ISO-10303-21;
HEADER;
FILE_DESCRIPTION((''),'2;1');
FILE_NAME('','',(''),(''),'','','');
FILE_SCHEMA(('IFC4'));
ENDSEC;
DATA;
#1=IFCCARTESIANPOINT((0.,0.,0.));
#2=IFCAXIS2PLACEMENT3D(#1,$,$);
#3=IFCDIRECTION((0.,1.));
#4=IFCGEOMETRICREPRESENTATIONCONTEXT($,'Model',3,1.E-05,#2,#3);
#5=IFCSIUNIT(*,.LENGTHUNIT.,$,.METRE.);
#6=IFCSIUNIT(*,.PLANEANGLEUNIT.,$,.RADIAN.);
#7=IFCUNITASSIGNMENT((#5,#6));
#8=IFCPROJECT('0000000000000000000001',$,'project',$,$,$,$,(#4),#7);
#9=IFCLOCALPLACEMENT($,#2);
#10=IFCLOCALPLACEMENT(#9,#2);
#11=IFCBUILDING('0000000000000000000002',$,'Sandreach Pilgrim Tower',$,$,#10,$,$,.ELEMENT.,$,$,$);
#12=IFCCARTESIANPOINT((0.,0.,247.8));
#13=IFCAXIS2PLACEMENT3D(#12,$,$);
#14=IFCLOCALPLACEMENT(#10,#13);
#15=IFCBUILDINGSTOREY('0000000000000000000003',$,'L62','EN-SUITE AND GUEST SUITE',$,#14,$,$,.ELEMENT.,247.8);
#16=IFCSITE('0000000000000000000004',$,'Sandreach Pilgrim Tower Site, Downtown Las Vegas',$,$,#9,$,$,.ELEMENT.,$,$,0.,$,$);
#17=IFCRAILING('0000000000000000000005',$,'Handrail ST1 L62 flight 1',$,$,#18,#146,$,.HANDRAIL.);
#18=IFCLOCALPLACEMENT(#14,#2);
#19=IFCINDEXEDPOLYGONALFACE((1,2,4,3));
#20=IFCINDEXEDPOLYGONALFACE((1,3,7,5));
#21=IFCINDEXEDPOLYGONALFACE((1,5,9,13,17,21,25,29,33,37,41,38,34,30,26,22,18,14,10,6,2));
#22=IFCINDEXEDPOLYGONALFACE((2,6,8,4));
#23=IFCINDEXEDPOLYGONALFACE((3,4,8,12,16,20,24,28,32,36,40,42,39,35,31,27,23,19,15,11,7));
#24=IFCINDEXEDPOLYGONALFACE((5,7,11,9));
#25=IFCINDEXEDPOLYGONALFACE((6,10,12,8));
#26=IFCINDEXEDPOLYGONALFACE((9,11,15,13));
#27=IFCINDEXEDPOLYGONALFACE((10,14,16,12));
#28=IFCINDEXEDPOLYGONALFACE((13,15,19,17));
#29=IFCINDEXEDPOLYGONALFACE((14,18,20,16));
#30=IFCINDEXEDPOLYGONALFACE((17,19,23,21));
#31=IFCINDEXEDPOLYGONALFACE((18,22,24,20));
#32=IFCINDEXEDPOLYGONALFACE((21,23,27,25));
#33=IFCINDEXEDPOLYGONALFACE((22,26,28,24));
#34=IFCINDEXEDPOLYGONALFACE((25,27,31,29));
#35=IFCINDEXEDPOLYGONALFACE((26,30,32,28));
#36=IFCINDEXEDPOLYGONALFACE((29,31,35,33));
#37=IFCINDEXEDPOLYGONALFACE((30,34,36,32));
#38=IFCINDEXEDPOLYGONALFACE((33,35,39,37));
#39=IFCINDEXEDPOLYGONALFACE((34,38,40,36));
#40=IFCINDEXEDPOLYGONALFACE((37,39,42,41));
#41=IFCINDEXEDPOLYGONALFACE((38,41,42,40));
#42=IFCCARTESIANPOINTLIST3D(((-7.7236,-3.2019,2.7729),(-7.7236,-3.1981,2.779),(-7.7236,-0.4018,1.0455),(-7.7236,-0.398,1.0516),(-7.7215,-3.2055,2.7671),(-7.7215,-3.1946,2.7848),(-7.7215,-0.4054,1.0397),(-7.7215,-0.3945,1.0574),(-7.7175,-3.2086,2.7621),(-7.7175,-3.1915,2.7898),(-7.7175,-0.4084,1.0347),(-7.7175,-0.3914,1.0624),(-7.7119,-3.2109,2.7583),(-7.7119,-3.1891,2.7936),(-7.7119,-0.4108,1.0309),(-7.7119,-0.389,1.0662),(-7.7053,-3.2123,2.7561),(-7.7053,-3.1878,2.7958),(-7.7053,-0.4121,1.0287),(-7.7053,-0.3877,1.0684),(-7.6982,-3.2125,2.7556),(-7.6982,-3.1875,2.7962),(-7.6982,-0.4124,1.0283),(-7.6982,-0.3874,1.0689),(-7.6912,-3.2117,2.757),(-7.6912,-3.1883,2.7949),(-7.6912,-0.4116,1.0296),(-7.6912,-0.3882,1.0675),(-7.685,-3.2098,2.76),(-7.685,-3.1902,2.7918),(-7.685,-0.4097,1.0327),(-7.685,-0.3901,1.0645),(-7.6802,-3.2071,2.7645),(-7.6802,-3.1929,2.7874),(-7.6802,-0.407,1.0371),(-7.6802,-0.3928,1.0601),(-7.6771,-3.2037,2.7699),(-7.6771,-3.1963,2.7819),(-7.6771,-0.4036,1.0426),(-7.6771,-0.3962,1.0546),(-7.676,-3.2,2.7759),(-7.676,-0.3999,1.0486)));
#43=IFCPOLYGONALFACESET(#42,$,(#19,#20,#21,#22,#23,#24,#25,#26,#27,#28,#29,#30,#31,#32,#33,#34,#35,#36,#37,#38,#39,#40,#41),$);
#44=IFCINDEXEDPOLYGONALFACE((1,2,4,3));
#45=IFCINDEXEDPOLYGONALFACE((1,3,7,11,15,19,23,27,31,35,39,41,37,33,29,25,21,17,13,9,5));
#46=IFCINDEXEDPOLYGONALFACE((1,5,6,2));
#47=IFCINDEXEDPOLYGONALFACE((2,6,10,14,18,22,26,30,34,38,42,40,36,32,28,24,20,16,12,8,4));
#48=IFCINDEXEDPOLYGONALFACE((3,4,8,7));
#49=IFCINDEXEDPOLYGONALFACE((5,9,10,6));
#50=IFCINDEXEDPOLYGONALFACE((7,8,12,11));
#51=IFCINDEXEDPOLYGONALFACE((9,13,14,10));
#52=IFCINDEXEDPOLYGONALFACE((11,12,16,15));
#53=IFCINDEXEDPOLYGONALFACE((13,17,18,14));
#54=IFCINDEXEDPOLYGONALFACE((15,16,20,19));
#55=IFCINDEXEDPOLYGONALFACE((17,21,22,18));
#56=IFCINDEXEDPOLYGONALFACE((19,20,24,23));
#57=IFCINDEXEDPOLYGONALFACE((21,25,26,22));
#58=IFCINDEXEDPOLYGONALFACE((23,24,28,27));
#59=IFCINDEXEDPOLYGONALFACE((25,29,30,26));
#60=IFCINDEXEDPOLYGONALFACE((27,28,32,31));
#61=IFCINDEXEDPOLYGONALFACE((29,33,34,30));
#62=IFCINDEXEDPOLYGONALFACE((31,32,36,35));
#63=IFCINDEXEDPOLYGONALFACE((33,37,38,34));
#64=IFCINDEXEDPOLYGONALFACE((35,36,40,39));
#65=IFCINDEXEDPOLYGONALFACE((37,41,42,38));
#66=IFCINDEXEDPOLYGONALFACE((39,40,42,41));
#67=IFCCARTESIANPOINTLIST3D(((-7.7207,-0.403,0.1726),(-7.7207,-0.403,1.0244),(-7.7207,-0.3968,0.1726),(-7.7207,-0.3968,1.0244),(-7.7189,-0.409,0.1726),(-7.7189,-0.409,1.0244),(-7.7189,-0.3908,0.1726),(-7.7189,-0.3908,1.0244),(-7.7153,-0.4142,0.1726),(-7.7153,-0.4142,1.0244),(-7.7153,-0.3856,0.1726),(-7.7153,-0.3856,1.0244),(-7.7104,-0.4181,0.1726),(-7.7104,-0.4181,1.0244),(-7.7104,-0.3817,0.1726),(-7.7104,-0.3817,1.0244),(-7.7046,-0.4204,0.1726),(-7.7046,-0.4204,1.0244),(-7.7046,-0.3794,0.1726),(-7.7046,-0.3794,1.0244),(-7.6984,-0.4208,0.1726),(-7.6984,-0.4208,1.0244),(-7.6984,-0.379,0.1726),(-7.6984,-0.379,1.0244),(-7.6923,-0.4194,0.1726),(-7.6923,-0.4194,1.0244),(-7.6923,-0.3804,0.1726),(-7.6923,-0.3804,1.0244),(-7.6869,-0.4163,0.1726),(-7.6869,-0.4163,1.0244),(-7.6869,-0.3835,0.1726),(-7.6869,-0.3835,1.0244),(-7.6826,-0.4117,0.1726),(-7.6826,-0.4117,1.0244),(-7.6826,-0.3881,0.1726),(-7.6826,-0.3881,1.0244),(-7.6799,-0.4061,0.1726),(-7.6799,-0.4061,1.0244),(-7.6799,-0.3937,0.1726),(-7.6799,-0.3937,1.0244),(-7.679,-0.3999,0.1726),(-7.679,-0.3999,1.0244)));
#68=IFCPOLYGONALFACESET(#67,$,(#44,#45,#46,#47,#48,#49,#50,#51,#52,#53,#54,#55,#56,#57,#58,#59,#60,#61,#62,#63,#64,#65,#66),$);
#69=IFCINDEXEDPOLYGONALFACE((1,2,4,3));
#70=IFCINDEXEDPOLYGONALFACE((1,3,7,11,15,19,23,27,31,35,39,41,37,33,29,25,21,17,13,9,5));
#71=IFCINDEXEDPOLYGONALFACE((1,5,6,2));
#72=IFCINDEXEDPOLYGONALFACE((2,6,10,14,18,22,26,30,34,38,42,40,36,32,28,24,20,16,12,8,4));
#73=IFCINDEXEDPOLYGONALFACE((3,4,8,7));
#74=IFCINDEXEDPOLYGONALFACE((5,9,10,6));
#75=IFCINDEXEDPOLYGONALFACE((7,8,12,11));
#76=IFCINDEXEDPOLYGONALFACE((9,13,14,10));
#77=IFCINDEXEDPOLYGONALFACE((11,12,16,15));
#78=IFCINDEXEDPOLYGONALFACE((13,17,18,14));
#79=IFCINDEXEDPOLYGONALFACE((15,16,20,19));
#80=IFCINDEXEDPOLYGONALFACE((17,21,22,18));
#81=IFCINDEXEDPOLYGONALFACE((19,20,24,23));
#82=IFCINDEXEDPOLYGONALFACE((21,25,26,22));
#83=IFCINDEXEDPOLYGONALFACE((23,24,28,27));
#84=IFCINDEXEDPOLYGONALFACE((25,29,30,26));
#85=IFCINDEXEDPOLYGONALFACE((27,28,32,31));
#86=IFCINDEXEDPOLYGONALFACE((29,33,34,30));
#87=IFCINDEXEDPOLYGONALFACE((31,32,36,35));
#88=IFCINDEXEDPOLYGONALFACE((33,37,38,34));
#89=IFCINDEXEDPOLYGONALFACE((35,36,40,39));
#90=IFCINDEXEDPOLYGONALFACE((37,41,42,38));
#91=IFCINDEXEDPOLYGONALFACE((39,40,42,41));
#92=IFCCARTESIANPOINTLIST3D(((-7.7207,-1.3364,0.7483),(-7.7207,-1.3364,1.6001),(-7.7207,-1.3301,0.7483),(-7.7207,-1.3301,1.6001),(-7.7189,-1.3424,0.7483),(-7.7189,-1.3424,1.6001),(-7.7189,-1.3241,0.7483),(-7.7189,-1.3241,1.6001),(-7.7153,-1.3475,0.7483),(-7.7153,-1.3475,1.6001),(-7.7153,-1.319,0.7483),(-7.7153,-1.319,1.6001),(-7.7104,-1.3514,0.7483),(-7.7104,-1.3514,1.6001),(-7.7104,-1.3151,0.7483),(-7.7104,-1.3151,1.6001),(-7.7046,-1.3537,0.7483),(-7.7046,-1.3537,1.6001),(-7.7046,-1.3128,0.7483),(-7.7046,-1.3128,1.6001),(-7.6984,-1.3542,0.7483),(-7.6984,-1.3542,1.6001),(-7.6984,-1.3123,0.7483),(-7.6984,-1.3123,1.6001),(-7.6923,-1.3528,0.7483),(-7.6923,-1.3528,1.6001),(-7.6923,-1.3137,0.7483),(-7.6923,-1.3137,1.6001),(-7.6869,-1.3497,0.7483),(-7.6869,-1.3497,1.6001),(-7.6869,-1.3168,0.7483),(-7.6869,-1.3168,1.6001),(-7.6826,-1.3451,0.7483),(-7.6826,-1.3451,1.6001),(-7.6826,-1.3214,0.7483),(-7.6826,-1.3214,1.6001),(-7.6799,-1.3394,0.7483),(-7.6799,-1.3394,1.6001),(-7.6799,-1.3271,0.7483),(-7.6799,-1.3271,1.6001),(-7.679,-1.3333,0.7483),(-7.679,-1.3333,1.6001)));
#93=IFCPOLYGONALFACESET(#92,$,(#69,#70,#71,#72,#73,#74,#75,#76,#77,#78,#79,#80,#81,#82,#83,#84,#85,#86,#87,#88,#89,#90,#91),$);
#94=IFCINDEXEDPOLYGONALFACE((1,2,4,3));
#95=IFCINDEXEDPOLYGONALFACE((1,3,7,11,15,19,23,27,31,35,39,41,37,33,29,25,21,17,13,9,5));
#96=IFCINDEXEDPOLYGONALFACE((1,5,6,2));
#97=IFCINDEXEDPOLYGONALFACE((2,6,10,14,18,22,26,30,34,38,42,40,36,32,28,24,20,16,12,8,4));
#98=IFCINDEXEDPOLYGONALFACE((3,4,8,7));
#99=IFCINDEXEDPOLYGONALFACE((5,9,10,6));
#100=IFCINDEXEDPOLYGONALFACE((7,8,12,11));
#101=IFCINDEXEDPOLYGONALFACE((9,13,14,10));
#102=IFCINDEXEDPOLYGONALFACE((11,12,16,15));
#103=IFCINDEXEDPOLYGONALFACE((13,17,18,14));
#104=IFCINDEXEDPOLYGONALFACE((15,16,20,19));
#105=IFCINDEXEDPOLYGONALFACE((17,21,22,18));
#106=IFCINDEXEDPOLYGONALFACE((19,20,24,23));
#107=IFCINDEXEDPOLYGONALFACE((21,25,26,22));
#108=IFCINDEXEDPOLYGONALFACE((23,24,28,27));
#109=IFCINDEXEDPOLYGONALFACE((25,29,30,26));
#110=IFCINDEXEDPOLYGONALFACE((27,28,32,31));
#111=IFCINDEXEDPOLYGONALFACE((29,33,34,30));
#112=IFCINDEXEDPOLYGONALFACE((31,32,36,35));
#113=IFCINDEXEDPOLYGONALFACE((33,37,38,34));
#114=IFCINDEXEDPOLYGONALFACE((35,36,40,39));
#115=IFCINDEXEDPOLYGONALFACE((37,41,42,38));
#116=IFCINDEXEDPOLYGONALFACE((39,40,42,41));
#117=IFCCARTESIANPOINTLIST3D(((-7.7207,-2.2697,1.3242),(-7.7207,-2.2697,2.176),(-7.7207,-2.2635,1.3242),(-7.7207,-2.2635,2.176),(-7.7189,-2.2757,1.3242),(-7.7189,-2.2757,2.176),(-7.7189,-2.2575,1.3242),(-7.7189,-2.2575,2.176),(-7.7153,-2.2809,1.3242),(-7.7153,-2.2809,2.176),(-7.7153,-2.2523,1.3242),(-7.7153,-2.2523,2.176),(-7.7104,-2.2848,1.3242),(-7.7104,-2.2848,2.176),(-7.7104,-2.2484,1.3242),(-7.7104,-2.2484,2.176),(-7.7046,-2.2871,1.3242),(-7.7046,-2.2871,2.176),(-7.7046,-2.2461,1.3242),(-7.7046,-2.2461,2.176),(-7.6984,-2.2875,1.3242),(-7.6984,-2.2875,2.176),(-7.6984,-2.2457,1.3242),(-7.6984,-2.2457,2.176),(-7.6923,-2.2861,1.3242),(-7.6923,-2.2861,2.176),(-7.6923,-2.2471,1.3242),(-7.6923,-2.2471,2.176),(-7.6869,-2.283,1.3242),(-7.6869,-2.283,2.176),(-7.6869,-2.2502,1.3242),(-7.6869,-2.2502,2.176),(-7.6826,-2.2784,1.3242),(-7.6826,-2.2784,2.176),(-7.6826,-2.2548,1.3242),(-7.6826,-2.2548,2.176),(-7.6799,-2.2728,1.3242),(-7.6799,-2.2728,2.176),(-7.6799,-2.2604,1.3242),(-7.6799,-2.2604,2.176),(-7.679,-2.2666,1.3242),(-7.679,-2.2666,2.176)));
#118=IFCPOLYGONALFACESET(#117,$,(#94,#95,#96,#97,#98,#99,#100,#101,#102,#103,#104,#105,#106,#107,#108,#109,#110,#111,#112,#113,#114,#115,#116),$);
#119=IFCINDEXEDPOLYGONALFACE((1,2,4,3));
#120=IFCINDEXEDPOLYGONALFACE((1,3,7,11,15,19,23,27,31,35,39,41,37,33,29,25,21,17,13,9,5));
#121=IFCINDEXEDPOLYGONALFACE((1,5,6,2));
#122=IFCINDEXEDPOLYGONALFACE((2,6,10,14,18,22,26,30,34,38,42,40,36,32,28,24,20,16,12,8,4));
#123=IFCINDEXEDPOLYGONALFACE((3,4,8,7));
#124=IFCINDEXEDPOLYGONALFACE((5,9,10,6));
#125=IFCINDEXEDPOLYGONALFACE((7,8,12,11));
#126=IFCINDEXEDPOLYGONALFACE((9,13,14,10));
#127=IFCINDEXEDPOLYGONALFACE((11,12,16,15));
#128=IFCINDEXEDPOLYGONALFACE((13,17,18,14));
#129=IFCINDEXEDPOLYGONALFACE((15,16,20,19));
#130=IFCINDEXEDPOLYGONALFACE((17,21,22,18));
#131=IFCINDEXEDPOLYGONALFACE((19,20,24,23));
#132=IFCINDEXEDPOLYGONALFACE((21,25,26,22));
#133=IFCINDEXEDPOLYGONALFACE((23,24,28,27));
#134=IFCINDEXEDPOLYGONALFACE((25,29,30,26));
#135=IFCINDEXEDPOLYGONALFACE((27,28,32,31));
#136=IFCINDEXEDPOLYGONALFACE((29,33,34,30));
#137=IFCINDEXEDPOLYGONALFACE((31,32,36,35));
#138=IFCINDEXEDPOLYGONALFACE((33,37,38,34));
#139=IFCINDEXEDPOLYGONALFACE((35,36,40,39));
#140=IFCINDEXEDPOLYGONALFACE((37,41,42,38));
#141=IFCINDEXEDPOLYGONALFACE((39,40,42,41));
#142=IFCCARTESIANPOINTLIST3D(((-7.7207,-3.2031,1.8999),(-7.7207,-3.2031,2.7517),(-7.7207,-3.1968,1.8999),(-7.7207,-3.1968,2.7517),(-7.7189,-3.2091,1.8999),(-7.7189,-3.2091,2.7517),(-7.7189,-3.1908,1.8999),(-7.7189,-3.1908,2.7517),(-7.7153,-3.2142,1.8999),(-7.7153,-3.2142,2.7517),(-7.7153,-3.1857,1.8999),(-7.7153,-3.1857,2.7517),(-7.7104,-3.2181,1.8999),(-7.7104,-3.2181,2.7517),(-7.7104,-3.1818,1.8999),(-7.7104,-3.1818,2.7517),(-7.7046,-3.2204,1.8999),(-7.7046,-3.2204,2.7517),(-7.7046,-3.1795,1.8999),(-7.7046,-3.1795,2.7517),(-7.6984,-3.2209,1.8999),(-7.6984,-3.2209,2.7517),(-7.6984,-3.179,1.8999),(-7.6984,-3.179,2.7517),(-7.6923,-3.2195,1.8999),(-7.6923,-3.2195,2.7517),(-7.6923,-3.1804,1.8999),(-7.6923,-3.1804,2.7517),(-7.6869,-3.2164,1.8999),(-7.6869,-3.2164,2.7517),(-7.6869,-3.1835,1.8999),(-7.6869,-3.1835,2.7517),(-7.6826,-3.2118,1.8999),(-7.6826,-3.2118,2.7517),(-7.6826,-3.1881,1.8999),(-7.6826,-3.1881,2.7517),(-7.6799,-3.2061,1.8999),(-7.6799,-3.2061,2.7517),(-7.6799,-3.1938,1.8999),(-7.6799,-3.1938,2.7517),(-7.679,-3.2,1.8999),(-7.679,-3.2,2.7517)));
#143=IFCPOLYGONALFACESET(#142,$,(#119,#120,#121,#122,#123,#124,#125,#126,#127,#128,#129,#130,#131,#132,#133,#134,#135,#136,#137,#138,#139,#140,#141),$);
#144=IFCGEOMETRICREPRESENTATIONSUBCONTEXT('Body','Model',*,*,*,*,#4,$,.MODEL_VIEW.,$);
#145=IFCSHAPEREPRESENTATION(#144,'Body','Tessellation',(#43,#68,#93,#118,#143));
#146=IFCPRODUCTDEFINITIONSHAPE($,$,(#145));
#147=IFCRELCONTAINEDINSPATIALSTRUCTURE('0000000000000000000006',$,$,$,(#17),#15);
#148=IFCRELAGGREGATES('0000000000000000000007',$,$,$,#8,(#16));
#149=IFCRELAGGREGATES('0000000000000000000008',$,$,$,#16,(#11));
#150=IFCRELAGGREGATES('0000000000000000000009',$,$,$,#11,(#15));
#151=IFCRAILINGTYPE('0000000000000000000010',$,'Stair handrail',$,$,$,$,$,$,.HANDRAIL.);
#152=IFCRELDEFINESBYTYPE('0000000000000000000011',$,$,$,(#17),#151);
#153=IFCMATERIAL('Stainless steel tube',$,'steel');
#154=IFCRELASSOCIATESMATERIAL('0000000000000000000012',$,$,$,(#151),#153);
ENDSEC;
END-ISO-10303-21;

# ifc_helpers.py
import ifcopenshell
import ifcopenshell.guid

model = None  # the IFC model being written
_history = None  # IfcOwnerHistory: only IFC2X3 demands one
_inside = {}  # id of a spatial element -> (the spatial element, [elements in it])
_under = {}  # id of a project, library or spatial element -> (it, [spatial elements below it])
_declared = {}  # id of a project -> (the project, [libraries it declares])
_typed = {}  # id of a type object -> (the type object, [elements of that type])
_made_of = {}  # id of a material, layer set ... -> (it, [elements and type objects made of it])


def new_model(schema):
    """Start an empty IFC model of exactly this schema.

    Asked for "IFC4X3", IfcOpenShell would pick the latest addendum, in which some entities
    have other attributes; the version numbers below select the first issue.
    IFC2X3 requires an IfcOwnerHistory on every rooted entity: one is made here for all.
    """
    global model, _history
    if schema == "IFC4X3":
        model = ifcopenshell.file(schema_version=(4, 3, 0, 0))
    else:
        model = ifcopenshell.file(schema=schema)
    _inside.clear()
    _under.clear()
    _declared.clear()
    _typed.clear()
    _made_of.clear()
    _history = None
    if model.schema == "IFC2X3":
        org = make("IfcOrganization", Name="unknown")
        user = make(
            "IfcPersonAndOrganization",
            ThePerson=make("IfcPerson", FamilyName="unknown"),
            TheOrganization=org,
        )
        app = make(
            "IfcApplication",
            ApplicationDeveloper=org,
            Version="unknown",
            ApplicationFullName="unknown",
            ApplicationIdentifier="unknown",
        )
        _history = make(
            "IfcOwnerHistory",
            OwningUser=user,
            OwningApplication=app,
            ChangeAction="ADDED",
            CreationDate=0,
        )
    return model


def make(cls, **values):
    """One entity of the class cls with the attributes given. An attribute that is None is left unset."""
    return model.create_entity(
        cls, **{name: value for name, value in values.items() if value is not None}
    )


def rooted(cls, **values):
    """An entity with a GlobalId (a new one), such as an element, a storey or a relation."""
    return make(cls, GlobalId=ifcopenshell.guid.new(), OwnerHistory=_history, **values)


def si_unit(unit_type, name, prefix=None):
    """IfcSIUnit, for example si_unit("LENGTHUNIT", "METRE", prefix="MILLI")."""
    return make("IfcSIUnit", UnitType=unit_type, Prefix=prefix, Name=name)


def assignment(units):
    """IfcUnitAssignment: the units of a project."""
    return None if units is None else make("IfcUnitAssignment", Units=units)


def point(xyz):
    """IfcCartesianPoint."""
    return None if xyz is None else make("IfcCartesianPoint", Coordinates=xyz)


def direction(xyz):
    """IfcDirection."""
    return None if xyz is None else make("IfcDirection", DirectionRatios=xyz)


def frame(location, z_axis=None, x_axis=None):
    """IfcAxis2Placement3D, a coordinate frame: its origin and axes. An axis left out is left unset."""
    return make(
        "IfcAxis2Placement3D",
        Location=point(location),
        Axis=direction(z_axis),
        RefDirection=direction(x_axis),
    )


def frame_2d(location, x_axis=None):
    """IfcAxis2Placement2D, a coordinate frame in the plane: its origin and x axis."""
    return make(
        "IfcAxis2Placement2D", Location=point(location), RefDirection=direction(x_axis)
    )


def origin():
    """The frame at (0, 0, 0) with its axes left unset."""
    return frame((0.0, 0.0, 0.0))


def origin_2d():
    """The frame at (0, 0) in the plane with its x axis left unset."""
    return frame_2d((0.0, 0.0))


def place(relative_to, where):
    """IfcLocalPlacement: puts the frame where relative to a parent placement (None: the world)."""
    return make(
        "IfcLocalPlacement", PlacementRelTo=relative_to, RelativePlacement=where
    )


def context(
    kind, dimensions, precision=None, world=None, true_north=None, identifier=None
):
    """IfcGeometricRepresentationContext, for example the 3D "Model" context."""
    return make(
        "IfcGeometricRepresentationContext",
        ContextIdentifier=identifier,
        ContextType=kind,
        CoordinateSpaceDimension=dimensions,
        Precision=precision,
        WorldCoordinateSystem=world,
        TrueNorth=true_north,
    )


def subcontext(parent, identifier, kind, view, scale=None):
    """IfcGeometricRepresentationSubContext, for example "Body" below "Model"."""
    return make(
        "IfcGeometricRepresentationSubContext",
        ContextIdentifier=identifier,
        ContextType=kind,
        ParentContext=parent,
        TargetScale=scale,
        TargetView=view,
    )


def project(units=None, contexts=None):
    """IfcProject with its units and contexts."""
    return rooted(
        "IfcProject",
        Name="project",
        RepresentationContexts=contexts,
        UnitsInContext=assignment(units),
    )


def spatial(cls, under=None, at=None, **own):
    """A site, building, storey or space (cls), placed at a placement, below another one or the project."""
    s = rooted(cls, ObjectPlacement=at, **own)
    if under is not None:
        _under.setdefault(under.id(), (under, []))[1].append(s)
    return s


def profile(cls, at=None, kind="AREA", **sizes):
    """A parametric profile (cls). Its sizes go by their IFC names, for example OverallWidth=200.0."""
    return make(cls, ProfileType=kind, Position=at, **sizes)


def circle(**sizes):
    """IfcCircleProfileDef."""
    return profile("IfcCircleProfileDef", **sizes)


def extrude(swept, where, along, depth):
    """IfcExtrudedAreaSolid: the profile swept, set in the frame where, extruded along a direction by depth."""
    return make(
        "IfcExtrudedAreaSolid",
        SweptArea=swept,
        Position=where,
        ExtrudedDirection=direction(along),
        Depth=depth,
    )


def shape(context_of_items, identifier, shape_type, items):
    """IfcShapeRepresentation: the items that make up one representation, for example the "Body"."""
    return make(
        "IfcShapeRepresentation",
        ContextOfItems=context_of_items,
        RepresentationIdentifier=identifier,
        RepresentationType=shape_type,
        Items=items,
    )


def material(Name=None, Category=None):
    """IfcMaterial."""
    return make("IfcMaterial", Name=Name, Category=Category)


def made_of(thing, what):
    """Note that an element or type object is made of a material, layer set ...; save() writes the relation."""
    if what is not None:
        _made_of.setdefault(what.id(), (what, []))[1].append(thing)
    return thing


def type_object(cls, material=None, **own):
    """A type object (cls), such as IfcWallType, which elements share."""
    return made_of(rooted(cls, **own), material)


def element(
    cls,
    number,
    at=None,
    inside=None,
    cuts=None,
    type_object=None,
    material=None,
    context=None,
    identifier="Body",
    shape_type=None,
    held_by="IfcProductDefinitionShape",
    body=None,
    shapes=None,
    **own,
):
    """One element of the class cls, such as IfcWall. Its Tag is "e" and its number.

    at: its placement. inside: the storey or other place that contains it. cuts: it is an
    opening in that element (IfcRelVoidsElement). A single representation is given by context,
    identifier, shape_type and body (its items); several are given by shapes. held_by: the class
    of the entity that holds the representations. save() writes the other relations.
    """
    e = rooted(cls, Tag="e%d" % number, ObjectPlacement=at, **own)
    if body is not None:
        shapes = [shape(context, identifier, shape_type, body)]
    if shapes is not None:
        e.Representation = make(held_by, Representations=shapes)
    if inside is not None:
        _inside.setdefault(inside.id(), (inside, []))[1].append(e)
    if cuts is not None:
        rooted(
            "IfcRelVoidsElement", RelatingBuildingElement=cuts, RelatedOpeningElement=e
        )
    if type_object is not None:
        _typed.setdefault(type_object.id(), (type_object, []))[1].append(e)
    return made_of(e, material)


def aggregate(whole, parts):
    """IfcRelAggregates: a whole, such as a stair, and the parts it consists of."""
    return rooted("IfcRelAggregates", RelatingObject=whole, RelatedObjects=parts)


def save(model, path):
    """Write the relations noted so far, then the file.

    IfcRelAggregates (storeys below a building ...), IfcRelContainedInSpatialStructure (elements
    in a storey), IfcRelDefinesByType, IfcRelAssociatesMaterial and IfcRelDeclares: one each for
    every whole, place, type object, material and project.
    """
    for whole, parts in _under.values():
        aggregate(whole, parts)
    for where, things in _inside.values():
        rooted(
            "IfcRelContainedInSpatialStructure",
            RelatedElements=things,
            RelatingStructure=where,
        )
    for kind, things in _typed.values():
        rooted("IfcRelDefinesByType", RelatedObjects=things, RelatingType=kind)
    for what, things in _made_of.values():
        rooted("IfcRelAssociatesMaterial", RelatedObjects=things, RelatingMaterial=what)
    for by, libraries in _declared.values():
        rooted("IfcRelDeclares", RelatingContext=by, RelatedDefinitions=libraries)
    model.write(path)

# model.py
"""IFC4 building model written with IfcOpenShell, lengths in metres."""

from ifc_helpers import new_model, si_unit, direction, frame, origin, origin_2d, place, context, subcontext, project, spatial, circle, extrude, material, type_object, element, save


model = new_model("IFC4")

# Units and contexts
model_context = context("Model", 3, precision=1e-05, world=origin(), true_north=direction((0.0, 1.0)))
body_context = subcontext(model_context, "Body", "Model", "MODEL_VIEW")
ifc_project = project(units=[si_unit("LENGTHUNIT", "METRE"), si_unit("PLANEANGLEUNIT", "RADIAN")], contexts=[model_context])

# Site, building, storey
site_placement = place(None, origin())
site = spatial("IfcSite", under=ifc_project, at=site_placement, Name="Sandreach Pilgrim Tower Site, Downtown Las Vegas", CompositionType="ELEMENT", RefElevation=0.0)
building_placement = place(site_placement, origin())
building = spatial("IfcBuilding", under=site, at=building_placement, Name="Sandreach Pilgrim Tower", CompositionType="ELEMENT")
storey_placement = place(building_placement, frame((0.0, 0.0, 247.8)))
storey = spatial("IfcBuildingStorey", under=building, at=storey_placement, Name="L62", Description="EN-SUITE AND GUEST SUITE", CompositionType="ELEMENT", Elevation=247.8)

# Railing
ifc_material_1 = material(Name="Stainless steel tube", Category="steel")
railing_type = type_object("IfcRailingType", Name="Stair handrail", PredefinedType="HANDRAIL", material=ifc_material_1)
for number, where, name in (
    (1, (-7.7, -0.3999, 0.1726), "Handrail ST1 L62 flight 1"),
):
    element("IfcRailing", number, at=place(storey_placement, frame(where)), inside=storey, type_object=railing_type, Name=name, PredefinedType="HANDRAIL", context=body_context, shape_type="SweptSolid", body=[
        extrude(circle(Radius=0.0239, at=origin_2d()), frame((0.0, 0.0, 0.876), z_axis=(0.0, -0.85109, 0.52502), x_axis=(1.0, 0.0, 0.0)), (0.0, 0.0, 1.0), 3.29),
        extrude(circle(Radius=0.021, at=origin_2d()), origin(), (0.0, 0.0, 1.0), 0.8518),
        extrude(circle(Radius=0.021, at=origin_2d()), frame((0.0, -0.9333, 0.5757)), (0.0, 0.0, 1.0), 0.8518),
        extrude(circle(Radius=0.021, at=origin_2d()), frame((0.0, -1.8667, 1.1516)), (0.0, 0.0, 1.0), 0.8518),
        extrude(circle(Radius=0.021, at=origin_2d()), frame((0.0, -2.8, 1.7273)), (0.0, 0.0, 1.0), 0.8518),
    ])

save(model, "model.ifc")
